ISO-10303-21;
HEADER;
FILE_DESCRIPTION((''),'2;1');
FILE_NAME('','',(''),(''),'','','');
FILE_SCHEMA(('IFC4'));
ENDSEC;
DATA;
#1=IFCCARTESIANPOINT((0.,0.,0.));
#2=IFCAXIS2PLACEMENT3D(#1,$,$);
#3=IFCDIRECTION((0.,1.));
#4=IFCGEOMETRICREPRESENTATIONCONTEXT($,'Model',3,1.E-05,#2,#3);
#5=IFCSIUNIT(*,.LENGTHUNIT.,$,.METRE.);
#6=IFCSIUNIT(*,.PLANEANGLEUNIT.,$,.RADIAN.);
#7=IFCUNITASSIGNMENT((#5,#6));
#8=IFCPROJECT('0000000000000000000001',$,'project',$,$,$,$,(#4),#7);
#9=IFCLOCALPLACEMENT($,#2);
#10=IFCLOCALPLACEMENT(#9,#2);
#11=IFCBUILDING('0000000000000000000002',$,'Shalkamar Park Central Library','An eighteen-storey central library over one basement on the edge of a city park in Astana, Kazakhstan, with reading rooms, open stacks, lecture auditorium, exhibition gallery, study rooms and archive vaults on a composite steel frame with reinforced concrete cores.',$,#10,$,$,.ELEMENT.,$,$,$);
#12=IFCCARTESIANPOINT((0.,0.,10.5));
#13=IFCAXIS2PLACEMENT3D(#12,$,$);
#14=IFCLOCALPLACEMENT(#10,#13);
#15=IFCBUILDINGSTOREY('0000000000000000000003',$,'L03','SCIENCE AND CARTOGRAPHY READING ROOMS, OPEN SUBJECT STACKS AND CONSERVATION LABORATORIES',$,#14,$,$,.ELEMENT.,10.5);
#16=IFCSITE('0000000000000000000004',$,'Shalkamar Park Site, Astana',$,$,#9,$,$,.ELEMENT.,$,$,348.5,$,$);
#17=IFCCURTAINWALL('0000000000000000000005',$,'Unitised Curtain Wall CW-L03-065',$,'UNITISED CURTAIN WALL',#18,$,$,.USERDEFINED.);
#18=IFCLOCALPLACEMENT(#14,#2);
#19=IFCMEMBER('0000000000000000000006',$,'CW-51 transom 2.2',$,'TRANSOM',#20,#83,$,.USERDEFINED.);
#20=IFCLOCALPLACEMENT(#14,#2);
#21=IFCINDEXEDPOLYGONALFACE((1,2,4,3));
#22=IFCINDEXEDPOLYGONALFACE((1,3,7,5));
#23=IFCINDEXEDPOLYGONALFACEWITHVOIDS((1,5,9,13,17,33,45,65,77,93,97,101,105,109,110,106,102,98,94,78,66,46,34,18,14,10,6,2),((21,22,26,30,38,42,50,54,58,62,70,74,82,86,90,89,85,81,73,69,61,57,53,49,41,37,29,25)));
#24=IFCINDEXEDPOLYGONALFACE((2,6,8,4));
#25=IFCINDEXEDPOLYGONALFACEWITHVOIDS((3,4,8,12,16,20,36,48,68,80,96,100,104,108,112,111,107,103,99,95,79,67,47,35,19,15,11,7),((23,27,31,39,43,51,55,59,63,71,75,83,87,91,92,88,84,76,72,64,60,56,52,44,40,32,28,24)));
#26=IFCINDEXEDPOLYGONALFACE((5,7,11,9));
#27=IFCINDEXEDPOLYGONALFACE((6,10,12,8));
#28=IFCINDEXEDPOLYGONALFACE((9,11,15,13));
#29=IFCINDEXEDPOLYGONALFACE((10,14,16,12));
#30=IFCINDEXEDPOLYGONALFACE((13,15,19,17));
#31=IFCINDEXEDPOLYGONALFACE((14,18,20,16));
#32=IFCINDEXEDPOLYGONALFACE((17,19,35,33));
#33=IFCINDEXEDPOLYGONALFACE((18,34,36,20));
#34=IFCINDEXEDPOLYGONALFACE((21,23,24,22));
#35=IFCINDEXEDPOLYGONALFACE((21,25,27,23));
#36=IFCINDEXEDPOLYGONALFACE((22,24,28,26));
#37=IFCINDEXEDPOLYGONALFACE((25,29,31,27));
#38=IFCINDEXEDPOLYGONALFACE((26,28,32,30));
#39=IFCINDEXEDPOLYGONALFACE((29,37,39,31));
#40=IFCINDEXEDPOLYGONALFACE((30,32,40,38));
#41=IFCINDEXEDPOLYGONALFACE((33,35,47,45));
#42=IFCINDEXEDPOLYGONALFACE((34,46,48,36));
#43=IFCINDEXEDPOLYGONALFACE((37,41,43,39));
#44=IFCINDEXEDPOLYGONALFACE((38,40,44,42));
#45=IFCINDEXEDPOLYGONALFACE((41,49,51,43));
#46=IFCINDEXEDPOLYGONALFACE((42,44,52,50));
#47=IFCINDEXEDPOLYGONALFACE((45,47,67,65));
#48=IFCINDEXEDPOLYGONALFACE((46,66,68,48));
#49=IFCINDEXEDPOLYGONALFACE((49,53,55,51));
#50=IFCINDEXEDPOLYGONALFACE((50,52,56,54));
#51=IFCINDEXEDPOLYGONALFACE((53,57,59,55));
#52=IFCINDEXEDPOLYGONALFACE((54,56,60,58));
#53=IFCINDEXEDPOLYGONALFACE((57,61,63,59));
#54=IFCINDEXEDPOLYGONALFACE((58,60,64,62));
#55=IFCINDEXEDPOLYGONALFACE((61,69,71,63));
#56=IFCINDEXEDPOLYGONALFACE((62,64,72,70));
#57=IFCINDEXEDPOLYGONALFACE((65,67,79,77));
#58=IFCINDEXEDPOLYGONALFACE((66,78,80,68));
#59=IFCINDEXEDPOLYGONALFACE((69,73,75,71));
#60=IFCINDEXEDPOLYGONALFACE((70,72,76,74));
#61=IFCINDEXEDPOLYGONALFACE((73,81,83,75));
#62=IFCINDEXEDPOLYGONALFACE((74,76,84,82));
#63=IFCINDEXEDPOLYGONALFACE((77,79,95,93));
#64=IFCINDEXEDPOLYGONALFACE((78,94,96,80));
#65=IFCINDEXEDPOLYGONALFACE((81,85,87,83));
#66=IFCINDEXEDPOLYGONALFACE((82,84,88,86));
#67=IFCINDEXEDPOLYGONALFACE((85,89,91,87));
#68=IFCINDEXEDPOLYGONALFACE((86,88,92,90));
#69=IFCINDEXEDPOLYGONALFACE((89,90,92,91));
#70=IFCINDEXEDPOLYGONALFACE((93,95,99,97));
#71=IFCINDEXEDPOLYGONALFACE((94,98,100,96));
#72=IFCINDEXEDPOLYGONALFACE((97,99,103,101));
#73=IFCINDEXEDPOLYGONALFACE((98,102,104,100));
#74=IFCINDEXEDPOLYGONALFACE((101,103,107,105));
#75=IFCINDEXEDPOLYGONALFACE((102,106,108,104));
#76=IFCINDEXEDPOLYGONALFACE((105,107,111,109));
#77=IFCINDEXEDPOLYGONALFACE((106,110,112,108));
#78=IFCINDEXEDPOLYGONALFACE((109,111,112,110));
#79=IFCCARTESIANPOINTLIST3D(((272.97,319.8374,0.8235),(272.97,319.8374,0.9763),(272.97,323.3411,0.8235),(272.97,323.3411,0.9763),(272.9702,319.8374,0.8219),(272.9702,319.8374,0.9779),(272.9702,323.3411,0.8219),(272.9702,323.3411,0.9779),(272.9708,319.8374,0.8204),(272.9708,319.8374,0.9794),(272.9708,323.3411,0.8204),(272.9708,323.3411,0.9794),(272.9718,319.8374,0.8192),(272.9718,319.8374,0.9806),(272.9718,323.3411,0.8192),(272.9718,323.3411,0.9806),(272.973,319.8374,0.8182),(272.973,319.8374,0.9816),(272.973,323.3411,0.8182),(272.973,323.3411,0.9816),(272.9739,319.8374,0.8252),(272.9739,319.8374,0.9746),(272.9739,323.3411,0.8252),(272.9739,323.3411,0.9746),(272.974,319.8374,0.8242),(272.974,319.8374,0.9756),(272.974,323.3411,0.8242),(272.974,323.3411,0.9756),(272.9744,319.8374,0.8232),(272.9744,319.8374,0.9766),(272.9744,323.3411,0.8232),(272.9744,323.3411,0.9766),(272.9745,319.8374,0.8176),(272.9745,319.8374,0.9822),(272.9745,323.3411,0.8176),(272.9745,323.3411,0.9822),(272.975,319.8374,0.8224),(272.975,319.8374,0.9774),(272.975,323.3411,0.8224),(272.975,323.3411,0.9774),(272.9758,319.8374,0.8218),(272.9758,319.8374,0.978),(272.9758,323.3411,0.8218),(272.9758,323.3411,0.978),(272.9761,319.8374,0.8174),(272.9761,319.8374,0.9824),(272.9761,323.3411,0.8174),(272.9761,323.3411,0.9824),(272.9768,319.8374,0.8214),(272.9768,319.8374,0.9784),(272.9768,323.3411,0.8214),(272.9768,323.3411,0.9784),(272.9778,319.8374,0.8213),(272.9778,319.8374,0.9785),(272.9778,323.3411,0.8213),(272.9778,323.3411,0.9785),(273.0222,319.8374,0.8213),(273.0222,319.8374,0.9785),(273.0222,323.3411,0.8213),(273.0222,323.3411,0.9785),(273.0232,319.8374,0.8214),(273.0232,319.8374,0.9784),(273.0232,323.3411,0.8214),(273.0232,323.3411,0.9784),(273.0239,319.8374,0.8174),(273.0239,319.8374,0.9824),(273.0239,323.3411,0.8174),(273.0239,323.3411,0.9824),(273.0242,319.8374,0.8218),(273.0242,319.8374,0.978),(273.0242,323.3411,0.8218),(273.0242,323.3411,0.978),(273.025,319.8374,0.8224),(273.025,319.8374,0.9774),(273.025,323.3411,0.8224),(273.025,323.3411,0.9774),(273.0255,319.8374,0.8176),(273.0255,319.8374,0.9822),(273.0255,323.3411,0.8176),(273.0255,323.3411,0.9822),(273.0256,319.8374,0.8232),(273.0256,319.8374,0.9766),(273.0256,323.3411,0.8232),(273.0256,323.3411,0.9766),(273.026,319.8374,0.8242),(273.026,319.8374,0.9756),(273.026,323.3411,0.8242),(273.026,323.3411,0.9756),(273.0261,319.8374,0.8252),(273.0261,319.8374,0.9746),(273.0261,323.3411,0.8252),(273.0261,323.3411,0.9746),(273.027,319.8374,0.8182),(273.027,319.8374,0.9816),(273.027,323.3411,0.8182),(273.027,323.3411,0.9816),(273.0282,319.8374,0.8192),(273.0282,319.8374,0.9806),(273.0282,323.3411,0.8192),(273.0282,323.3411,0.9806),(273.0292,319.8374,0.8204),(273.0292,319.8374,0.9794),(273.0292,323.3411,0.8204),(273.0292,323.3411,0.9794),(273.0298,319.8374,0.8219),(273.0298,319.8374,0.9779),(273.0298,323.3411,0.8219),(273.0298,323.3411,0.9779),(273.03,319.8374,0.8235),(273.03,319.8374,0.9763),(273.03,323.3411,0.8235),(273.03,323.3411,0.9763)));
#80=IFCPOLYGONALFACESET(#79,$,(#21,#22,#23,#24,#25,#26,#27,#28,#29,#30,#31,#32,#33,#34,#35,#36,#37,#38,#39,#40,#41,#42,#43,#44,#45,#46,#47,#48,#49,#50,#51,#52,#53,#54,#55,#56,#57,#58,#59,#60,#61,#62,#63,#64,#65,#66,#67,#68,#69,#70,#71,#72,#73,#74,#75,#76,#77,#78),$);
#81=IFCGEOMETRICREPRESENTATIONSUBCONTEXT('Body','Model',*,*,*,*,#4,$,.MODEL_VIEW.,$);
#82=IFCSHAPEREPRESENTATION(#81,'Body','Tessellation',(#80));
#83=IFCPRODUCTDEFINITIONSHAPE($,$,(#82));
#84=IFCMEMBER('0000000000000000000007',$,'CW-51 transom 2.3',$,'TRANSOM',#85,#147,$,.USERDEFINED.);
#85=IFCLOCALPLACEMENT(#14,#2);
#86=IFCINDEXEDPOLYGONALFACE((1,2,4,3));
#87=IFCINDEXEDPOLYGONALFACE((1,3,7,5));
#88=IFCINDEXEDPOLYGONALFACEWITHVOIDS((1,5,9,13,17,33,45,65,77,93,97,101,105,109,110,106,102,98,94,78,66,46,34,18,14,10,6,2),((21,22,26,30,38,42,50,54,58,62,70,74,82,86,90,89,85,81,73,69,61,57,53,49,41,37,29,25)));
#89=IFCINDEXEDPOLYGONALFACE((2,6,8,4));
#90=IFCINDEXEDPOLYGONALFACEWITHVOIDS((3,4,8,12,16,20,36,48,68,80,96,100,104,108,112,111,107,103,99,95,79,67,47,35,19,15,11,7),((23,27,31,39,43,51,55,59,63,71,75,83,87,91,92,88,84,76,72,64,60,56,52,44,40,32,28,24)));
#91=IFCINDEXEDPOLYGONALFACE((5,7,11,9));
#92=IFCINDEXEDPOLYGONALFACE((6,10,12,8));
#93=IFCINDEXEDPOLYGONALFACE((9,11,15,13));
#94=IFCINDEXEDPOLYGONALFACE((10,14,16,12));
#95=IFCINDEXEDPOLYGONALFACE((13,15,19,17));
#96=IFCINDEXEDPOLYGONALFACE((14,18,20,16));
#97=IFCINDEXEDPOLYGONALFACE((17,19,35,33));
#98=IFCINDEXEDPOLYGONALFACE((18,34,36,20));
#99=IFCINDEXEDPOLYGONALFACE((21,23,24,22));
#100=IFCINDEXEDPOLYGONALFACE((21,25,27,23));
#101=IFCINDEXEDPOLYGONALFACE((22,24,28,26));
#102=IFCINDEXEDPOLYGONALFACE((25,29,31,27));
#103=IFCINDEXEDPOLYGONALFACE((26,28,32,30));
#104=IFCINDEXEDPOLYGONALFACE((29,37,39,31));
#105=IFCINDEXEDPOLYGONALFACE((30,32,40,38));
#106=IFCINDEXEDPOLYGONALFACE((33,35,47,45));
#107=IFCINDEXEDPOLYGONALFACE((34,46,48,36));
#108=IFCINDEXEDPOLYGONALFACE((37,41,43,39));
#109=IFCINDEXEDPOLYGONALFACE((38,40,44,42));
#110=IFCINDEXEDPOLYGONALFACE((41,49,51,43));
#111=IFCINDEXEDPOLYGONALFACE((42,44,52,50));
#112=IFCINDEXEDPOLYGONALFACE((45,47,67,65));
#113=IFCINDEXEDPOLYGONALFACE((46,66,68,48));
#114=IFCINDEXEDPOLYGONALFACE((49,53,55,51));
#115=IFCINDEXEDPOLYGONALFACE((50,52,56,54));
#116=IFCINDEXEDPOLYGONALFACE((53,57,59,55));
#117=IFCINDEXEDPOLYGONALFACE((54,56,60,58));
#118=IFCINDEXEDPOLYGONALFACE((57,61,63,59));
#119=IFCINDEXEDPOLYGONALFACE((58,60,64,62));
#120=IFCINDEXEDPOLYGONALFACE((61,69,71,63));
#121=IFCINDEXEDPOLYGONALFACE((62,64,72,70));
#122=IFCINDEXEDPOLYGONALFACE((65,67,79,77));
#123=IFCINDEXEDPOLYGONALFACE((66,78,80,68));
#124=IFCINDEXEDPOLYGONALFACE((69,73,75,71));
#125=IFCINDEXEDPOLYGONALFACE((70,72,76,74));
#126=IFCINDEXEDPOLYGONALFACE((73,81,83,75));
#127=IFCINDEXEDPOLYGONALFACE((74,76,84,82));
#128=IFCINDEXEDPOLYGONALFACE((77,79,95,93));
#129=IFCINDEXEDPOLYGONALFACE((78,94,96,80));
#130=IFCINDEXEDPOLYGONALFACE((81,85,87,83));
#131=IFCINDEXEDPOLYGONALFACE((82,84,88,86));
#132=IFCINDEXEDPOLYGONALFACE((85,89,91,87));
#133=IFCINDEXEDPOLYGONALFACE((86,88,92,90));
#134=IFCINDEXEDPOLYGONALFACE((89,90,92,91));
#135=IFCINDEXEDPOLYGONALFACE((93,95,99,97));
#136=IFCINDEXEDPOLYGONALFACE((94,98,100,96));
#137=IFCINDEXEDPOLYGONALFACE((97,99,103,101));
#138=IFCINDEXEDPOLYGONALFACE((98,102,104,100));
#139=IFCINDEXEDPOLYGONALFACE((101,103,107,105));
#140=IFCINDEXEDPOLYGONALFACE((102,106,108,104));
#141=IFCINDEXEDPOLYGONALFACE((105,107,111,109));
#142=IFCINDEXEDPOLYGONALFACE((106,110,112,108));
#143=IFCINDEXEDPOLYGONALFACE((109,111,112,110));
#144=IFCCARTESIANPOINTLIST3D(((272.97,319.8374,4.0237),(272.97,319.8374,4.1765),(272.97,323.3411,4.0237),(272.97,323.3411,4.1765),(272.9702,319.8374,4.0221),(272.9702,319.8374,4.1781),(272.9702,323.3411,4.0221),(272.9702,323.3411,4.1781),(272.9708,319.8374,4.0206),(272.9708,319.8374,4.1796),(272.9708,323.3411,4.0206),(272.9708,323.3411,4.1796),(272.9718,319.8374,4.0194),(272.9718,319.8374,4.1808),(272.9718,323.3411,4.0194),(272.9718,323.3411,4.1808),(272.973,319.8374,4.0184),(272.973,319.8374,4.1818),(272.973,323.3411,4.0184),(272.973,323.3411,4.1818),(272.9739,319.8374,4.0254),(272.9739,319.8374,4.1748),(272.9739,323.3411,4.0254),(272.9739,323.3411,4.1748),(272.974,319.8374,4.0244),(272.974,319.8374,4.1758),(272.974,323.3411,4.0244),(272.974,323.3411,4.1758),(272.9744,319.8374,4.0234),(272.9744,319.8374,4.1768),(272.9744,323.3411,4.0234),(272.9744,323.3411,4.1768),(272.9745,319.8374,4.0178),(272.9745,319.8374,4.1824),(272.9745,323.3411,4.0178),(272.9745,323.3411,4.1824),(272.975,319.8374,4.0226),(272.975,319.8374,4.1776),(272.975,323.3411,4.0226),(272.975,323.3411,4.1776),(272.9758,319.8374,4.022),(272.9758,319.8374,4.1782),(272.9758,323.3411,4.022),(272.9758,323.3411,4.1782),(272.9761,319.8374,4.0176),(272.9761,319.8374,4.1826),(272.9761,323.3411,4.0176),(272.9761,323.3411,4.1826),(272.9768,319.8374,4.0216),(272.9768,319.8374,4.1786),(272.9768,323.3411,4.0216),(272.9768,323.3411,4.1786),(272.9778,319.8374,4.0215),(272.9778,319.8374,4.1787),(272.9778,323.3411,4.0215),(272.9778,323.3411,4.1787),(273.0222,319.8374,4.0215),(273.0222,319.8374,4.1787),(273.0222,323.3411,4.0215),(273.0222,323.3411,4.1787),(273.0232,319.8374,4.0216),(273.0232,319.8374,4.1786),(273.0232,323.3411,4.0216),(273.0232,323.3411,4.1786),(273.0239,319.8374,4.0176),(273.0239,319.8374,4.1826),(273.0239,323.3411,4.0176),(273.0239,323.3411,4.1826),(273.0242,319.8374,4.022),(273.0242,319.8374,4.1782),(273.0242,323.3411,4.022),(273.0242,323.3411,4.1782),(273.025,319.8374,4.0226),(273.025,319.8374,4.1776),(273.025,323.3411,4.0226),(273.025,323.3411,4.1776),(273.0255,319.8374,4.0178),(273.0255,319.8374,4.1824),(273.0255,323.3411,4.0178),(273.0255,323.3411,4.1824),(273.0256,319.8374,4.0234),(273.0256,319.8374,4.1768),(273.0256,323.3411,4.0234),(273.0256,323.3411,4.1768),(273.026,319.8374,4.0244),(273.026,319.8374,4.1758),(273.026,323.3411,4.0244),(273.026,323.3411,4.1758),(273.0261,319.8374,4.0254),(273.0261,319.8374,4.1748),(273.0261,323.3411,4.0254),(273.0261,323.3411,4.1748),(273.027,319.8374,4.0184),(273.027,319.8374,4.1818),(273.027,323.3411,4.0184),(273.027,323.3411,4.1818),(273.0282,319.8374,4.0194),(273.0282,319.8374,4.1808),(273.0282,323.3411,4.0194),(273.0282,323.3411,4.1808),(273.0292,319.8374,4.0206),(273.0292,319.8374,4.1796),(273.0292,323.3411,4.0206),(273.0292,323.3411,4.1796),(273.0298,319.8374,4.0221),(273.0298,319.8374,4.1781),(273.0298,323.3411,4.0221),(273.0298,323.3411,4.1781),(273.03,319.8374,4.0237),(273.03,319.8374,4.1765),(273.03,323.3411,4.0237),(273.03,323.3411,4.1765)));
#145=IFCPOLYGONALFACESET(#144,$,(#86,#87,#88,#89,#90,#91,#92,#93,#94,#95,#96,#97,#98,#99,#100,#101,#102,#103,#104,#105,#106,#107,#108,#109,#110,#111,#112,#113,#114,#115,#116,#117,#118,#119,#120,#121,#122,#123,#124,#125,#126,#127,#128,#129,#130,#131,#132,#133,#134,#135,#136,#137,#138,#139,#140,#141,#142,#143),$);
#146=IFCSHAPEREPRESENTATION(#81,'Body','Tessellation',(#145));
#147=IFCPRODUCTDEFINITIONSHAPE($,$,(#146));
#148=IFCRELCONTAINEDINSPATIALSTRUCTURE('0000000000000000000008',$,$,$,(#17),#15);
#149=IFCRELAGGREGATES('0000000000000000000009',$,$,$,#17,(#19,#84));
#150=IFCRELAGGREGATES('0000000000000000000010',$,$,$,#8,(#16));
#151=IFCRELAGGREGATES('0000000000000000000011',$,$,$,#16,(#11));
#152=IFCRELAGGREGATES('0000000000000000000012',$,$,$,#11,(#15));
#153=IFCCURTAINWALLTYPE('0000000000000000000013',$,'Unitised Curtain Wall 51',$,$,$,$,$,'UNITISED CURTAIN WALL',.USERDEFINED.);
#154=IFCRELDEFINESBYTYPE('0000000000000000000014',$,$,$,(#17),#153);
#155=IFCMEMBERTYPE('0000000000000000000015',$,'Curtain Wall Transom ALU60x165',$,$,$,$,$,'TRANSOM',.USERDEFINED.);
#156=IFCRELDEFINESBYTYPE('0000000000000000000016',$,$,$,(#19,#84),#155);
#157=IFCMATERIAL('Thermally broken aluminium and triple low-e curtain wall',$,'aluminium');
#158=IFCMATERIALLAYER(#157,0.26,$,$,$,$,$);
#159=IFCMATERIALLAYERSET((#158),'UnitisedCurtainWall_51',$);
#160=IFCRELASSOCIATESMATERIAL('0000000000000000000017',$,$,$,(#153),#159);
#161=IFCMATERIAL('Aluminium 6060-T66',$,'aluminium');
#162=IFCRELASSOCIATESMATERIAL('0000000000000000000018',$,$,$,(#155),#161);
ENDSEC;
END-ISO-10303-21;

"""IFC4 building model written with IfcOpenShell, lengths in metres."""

from ifc_helpers import new_model, si_unit, direction, frame, origin, origin_2d, place, context, subcontext, project, spatial, hollow_rectangle, extrude, material, layer, layer_set, material_profile, profile_set, type_object, element, aggregate, save


model = new_model("IFC4")

# Units and contexts
model_context = context("Model", 3, precision=1e-05, world=origin(), true_north=direction((0.0, 1.0)))
body_context = subcontext(model_context, "Body", "Model", "MODEL_VIEW")
ifc_project = project(units=[si_unit("LENGTHUNIT", "METRE"), si_unit("PLANEANGLEUNIT", "RADIAN")], contexts=[model_context])

# Site, building, storey
site_placement = place(None, origin())
site = spatial("IfcSite", under=ifc_project, at=site_placement, Name="Shalkamar Park Site, Astana", CompositionType="ELEMENT", RefElevation=348.5)
building_placement = place(site_placement, origin())
building = spatial("IfcBuilding", under=site, at=building_placement, Name="Shalkamar Park Central Library", Description="An eighteen-storey central library over one basement on the edge of a city park in Astana, Kazakhstan, with reading rooms, open stacks, lecture auditorium, exhibition gallery, study rooms and archive vaults on a composite steel frame with reinforced concrete cores.", CompositionType="ELEMENT")
storey_placement = place(building_placement, frame((0.0, 0.0, 10.5)))
storey = spatial("IfcBuildingStorey", under=building, at=storey_placement, Name="L03", Description="SCIENCE AND CARTOGRAPHY READING ROOMS, OPEN SUBJECT STACKS AND CONSERVATION LABORATORIES", CompositionType="ELEMENT", Elevation=10.5)

# Curtain wall
ifc_material_1 = material(Name="Thermally broken aluminium and triple low-e curtain wall", Category="aluminium")
ifc_layer_1 = layer(ifc_material_1, 0.26)
ifc_layer_set_1 = layer_set([ifc_layer_1], Name="UnitisedCurtainWall_51")
curtain_wall_type_1 = type_object("IfcCurtainWallType", Name="Unitised Curtain Wall 51", ElementType="UNITISED CURTAIN WALL", PredefinedType="USERDEFINED", material=ifc_layer_set_1)
curtain_wall_1_placement = place(storey_placement, origin())
curtain_wall_1 = element("IfcCurtainWall", 1, at=curtain_wall_1_placement, inside=storey, type_object=curtain_wall_type_1, Name="Unitised Curtain Wall CW-L03-065", ObjectType="UNITISED CURTAIN WALL", PredefinedType="USERDEFINED")
ifc_material_2 = material(Name="Aluminium 6060-T66", Category="aluminium")

# Members
ifc_material_profile_1 = material_profile(ifc_material_2, hollow_rectangle(XDim=0.0601, YDim=0.165, WallThickness=0.0039, InnerFilletRadius=0.0039, OuterFilletRadius=0.0061, at=origin_2d()), Name="ALU 60x165x4")
ifc_profile_set_1 = profile_set([ifc_material_profile_1], Name="Aluminium 6060-T66")
member_type_1 = type_object("IfcMemberType", Name="Curtain Wall Transom ALU60x165", ElementType="TRANSOM", PredefinedType="USERDEFINED", material=ifc_profile_set_1)
member_1_placement = place(storey_placement, frame((273.0, 319.8374, 0.8999), z_axis=(0.0, 1.0, 0.0), x_axis=(-1.0, 0.0, 0.0)))
member_1 = element("IfcMember", 2, at=member_1_placement, type_object=member_type_1, Name="CW-51 transom 2.2", ObjectType="TRANSOM", PredefinedType="USERDEFINED", context=body_context, shape_type="SweptSolid", body=[
    extrude(hollow_rectangle(XDim=0.0601, YDim=0.165, WallThickness=0.0039, InnerFilletRadius=0.0039, OuterFilletRadius=0.0061, at=origin_2d()), origin(), (0.0, 0.0, 1.0), 3.5037),
])
member_2_placement = place(storey_placement, frame((273.0, 319.8374, 4.1001), z_axis=(0.0, 1.0, 0.0), x_axis=(-1.0, 0.0, 0.0)))
member_2 = element("IfcMember", 3, at=member_2_placement, type_object=member_type_1, Name="CW-51 transom 2.3", ObjectType="TRANSOM", PredefinedType="USERDEFINED", context=body_context, shape_type="SweptSolid", body=[
    extrude(hollow_rectangle(XDim=0.0601, YDim=0.165, WallThickness=0.0039, InnerFilletRadius=0.0039, OuterFilletRadius=0.0061, at=origin_2d()), origin(), (0.0, 0.0, 1.0), 3.5037),
])

aggregate(curtain_wall_1, [member_1, member_2])

save(model, "model.ifc")
